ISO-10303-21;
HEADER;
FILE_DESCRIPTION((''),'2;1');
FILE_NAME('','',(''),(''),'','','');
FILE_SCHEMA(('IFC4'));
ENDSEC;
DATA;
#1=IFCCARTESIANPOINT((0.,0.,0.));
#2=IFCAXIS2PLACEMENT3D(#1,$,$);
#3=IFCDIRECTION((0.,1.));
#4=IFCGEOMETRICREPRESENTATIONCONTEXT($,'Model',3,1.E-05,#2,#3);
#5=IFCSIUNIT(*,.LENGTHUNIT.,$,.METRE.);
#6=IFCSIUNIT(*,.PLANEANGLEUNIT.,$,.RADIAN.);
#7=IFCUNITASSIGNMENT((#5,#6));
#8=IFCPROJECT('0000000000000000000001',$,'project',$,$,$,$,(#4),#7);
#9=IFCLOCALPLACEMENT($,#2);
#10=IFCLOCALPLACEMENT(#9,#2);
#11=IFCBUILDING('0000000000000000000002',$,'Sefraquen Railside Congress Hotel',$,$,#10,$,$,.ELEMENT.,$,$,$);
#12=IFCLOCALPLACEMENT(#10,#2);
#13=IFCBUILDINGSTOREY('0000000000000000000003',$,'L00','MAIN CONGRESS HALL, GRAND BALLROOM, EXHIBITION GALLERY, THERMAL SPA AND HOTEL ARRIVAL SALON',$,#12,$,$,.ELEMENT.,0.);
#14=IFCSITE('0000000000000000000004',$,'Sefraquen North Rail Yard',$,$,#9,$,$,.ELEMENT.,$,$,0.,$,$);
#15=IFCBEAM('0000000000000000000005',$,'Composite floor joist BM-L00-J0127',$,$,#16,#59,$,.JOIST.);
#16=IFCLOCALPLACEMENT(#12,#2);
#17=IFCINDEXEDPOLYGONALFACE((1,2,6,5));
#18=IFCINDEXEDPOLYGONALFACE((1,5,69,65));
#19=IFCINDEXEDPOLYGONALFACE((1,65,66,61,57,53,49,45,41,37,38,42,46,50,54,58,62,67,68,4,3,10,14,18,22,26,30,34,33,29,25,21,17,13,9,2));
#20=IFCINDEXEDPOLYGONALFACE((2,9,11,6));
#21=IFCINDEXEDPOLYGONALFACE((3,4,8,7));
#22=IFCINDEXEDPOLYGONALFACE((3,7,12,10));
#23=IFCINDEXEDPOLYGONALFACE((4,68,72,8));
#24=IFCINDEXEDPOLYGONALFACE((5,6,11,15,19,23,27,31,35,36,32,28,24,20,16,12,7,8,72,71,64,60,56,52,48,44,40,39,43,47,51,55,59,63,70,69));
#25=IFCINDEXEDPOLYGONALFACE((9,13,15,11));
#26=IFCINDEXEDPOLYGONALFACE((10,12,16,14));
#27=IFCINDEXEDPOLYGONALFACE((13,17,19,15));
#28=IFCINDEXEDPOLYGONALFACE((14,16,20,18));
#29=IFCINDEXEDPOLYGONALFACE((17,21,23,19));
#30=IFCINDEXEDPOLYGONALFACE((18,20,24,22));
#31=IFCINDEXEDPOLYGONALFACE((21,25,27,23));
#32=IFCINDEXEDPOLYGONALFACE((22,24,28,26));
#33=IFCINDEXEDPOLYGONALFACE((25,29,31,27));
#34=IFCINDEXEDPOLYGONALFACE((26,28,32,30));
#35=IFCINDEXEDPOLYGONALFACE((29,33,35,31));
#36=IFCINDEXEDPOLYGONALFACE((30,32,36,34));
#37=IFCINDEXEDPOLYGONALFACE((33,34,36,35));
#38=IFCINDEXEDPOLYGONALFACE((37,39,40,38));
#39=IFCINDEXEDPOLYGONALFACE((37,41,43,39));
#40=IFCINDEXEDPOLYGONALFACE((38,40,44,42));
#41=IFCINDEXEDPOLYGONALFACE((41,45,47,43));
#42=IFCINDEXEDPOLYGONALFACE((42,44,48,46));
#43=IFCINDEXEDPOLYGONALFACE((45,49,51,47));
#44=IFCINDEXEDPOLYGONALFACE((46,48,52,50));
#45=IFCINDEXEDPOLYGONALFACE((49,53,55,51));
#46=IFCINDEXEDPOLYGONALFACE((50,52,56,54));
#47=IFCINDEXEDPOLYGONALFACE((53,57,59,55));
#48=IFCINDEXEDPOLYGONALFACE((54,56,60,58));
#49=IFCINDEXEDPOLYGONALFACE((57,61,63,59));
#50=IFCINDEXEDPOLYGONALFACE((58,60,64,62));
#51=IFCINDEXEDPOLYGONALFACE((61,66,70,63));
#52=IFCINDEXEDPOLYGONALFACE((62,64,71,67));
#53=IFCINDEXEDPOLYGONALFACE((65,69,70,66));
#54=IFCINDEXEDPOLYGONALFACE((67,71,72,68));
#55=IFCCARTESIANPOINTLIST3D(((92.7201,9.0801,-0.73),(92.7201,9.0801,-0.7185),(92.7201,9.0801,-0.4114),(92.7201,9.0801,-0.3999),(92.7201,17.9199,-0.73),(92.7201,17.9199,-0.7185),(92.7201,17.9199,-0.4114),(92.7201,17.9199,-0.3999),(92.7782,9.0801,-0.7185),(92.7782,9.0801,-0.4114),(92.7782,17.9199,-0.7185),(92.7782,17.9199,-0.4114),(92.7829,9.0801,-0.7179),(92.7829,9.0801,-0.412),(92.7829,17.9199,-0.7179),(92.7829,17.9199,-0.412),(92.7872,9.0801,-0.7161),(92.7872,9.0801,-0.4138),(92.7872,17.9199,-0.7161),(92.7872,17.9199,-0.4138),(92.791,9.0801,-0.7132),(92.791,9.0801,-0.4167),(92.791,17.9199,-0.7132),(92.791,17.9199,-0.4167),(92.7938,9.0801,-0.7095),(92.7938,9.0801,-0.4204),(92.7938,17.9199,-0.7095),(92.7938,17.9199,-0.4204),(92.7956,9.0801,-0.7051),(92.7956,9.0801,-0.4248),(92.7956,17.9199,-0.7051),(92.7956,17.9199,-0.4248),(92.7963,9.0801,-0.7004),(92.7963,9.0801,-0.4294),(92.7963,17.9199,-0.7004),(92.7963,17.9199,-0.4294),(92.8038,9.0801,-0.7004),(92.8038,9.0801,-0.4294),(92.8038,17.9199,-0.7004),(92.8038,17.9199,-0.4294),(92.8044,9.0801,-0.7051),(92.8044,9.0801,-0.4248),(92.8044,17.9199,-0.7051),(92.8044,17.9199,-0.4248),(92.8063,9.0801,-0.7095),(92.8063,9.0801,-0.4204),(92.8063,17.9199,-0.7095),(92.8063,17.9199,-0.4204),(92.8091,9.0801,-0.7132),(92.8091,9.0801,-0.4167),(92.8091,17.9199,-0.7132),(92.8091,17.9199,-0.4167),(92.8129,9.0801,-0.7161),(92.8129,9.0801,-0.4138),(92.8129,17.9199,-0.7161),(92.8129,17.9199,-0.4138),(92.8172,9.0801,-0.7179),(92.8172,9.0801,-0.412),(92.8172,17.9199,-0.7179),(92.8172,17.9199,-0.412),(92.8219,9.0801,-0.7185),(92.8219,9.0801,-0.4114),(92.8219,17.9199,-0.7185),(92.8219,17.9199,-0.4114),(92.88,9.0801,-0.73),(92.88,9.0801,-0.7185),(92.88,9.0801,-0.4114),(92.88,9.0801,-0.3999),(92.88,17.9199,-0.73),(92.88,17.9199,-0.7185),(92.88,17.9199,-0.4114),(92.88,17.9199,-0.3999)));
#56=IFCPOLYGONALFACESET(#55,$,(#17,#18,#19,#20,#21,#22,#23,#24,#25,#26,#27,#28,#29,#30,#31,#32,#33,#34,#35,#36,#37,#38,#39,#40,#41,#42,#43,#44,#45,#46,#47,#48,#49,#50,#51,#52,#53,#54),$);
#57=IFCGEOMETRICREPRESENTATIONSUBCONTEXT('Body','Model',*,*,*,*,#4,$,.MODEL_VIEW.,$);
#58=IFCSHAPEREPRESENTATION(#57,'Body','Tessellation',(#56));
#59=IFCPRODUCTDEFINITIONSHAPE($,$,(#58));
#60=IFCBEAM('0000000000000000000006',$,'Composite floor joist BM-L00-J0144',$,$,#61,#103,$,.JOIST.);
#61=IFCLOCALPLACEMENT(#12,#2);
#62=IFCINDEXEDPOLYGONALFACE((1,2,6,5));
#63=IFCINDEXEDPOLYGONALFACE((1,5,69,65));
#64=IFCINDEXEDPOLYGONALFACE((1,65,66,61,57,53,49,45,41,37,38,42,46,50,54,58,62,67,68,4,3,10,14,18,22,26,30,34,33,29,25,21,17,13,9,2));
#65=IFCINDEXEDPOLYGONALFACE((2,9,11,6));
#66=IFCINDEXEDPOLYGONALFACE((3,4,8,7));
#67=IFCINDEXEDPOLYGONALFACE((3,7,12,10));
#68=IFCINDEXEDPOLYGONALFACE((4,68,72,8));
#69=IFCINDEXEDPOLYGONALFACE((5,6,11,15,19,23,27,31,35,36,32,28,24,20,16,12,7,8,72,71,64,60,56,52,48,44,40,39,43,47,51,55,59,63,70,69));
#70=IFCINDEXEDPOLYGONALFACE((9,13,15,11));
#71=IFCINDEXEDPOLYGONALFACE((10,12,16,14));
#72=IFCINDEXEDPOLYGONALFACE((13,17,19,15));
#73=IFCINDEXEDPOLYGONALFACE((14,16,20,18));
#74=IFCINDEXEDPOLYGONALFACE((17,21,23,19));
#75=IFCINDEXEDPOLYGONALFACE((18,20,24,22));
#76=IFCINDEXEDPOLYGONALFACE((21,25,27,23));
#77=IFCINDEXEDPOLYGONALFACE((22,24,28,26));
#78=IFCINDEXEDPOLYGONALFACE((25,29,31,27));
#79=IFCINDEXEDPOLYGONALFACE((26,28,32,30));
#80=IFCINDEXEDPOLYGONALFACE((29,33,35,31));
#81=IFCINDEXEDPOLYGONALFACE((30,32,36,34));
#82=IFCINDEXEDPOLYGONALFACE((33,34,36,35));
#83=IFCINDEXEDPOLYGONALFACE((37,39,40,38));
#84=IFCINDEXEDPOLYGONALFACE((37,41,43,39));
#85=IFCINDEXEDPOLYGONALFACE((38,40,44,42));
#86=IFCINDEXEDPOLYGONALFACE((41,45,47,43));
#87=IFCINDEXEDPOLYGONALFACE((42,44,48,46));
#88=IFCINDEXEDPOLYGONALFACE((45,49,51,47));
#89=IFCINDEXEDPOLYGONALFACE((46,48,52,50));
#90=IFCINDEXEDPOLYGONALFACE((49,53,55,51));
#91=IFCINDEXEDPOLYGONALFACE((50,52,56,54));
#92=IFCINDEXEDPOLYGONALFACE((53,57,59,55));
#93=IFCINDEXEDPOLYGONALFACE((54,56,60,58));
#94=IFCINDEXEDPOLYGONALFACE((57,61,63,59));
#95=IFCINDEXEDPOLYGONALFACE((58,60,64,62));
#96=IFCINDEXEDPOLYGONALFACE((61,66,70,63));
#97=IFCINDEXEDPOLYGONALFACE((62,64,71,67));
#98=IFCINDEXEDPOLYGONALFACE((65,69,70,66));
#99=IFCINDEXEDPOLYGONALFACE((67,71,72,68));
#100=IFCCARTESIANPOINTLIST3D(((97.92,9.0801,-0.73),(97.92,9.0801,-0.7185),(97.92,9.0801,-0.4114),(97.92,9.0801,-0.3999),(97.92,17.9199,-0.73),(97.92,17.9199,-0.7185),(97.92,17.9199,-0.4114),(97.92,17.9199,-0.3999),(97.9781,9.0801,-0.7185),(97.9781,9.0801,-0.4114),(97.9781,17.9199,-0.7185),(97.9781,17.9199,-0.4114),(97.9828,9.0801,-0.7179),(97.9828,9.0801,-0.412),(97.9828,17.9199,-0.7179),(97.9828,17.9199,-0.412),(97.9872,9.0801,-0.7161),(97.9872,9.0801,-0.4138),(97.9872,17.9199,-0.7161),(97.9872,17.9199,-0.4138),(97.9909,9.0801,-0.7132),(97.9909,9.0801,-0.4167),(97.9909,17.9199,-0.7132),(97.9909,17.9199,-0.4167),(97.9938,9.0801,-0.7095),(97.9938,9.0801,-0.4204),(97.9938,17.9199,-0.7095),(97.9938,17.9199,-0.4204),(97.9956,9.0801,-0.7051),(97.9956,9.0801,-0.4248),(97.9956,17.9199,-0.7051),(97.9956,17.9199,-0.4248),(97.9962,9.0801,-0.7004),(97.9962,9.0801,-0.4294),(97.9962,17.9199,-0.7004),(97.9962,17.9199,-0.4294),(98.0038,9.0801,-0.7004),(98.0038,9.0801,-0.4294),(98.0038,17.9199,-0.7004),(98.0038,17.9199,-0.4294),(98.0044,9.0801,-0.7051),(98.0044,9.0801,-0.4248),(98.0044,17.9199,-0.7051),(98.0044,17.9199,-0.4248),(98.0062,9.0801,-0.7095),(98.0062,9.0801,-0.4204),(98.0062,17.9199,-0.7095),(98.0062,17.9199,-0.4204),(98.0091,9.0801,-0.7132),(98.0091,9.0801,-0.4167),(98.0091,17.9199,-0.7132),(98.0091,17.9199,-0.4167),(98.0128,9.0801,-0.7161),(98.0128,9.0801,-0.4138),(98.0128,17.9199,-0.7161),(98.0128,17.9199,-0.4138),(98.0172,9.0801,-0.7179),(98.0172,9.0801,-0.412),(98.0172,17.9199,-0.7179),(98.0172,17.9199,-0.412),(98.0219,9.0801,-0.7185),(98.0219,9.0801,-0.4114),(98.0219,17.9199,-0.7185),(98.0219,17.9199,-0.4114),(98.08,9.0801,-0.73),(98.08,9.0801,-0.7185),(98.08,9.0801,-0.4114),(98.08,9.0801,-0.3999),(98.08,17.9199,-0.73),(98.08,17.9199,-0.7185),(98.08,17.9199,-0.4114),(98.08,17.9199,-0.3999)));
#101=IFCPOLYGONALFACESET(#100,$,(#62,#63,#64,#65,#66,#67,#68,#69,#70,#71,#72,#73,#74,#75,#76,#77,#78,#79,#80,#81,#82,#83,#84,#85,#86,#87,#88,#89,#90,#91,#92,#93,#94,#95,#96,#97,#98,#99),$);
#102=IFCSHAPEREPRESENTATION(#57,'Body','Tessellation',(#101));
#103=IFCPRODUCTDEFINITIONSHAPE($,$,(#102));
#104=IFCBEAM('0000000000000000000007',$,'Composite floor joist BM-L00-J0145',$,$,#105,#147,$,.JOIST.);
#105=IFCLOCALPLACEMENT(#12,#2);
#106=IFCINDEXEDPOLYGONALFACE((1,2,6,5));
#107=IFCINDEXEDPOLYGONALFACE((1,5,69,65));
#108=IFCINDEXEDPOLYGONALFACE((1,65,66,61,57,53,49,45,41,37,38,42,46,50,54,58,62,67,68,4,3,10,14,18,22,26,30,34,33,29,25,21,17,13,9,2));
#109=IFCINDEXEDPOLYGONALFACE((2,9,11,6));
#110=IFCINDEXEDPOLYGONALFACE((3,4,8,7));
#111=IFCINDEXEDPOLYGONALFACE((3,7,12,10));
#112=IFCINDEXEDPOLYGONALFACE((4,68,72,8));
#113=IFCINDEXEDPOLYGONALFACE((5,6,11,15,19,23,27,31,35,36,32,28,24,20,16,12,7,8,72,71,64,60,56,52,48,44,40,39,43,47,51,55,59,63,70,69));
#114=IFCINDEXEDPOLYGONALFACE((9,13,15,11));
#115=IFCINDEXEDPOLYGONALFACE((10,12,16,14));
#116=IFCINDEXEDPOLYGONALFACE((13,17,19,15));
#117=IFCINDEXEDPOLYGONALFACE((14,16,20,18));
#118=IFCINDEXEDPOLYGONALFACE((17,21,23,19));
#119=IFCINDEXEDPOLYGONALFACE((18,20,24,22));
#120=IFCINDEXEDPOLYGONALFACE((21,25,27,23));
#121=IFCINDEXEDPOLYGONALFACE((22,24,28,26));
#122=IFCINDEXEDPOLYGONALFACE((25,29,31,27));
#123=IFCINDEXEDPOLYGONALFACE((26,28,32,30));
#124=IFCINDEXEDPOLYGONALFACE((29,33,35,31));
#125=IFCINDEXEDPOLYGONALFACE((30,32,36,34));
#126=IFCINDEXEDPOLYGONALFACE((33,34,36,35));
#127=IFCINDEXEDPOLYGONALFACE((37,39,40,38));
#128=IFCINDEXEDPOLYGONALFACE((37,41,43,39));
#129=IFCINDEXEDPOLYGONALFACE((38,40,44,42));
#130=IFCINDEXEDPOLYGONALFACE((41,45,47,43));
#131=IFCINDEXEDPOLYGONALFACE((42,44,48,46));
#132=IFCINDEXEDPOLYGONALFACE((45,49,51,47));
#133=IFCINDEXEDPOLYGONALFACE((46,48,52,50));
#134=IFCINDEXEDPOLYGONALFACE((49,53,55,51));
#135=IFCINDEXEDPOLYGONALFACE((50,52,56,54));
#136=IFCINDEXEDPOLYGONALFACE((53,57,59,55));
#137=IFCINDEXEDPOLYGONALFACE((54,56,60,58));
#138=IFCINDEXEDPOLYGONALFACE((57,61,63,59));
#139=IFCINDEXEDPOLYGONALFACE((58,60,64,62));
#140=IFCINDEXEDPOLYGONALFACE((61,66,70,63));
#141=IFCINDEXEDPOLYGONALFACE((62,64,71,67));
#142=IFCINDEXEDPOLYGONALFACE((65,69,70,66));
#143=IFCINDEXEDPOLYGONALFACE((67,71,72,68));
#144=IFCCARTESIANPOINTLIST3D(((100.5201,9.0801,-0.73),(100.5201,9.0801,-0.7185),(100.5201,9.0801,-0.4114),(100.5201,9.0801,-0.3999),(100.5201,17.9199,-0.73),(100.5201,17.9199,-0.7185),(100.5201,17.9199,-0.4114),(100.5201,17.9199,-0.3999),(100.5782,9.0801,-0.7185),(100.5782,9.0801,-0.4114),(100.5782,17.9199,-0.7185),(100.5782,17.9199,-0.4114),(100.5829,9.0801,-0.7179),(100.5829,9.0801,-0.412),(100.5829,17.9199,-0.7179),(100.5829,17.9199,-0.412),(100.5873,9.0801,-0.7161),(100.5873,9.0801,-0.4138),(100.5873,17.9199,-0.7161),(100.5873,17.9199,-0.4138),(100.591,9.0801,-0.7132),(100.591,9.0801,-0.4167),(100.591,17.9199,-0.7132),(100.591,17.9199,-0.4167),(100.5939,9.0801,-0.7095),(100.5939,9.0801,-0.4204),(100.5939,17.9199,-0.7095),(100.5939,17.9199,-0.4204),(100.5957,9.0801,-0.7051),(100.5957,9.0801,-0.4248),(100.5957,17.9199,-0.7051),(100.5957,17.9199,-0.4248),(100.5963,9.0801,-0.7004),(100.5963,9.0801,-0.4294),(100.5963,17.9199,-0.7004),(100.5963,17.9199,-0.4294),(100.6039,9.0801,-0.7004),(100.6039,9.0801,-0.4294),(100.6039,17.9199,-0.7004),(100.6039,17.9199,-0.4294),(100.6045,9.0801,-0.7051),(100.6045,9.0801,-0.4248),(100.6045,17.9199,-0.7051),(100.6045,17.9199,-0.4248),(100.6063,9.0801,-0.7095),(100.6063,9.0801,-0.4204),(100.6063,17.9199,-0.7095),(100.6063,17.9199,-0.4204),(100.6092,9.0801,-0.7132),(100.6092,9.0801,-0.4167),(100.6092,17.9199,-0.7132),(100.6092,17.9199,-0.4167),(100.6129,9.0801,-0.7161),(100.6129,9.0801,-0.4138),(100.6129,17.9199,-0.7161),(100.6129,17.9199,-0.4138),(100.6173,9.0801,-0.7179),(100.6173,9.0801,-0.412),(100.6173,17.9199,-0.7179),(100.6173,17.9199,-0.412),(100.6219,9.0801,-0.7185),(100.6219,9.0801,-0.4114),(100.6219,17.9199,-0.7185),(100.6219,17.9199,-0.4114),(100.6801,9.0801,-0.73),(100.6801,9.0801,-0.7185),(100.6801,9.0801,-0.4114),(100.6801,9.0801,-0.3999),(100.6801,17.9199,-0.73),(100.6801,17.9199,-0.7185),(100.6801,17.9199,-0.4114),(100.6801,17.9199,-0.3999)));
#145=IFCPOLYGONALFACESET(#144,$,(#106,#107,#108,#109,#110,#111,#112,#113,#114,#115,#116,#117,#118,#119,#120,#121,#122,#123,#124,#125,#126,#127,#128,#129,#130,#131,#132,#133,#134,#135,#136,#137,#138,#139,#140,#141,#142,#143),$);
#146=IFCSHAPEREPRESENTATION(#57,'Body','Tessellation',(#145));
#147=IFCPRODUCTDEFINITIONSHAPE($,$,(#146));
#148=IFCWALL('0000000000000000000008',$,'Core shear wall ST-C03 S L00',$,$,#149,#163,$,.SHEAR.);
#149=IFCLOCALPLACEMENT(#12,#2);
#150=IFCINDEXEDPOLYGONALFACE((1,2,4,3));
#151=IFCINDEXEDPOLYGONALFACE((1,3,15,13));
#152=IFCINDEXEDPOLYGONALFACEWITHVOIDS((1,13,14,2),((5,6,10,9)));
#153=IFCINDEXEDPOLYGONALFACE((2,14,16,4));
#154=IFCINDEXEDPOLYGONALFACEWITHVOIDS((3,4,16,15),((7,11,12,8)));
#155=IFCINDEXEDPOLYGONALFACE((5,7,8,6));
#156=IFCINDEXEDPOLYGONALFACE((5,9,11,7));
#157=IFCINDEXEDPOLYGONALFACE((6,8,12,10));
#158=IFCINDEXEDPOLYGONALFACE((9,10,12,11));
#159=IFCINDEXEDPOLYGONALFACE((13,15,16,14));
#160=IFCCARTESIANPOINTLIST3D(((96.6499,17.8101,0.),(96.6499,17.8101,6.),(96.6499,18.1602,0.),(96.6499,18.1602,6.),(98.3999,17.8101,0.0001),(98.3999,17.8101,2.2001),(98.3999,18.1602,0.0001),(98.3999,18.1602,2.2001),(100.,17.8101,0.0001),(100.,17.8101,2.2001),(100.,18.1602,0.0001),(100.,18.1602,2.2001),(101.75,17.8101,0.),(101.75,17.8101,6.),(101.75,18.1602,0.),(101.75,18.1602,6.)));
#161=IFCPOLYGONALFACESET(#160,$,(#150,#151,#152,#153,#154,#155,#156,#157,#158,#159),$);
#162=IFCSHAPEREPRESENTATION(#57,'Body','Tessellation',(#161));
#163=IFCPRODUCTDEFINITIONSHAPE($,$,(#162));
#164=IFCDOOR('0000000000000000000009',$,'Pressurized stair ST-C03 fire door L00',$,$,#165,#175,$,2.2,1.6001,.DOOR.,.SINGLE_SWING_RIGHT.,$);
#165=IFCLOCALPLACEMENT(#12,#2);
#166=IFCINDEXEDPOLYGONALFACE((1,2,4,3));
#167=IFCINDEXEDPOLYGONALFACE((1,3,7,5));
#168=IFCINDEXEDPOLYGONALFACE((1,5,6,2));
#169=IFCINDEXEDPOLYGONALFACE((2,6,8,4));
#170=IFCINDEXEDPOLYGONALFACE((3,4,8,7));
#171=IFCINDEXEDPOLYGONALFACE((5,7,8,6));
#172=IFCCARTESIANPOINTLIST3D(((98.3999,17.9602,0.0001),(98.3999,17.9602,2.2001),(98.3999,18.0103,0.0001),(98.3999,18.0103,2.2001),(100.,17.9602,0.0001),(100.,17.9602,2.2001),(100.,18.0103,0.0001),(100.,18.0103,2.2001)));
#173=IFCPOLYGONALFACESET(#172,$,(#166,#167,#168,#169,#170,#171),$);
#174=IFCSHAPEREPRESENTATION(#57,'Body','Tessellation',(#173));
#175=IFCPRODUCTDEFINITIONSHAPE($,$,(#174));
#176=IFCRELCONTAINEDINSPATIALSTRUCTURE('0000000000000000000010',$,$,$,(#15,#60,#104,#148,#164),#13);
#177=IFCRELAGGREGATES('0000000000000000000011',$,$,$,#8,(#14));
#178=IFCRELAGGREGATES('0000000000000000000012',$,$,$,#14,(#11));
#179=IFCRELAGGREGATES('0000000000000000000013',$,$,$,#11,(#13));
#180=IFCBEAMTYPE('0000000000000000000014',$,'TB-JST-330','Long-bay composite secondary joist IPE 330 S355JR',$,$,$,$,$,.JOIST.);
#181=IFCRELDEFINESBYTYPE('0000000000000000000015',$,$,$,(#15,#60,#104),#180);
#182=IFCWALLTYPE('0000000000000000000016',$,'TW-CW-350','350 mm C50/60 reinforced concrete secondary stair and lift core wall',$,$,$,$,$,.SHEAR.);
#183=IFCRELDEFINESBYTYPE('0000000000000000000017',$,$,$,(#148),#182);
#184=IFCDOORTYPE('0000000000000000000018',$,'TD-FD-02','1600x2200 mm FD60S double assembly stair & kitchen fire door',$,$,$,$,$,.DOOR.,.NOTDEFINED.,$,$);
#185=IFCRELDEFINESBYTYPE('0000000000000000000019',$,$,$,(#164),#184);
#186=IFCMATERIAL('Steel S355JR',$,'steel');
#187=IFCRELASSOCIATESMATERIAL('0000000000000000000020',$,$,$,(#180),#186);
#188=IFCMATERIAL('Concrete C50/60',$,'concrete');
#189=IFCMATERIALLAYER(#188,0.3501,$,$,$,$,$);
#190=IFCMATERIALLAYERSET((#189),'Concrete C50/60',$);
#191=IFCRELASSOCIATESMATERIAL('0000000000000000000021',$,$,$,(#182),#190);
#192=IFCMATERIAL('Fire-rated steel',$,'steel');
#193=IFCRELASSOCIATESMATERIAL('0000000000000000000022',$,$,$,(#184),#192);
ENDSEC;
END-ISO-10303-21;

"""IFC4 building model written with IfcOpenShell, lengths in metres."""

from ifc_helpers import new_model, si_unit, direction, frame, frame_2d, origin, origin_2d, place, context, subcontext, project, spatial, rectangle, i_section, extrude, material, layer, layer_set, material_profile, profile_set, type_object, element, fill, save


model = new_model("IFC4")

# Units and contexts
model_context = context("Model", 3, precision=1e-05, world=origin(), true_north=direction((0.0, 1.0)))
body_context = subcontext(model_context, "Body", "Model", "MODEL_VIEW")
ifc_project = project(units=[si_unit("LENGTHUNIT", "METRE"), si_unit("PLANEANGLEUNIT", "RADIAN")], contexts=[model_context])

# Site, building, storey
site_placement = place(None, origin())
site = spatial("IfcSite", under=ifc_project, at=site_placement, Name="Sefraquen North Rail Yard", CompositionType="ELEMENT", RefElevation=0.0)
building_placement = place(site_placement, origin())
building = spatial("IfcBuilding", under=site, at=building_placement, Name="Sefraquen Railside Congress Hotel", CompositionType="ELEMENT")
storey_placement = place(building_placement, origin())
storey = spatial("IfcBuildingStorey", under=building, at=storey_placement, Name="L00", Description="MAIN CONGRESS HALL, GRAND BALLROOM, EXHIBITION GALLERY, THERMAL SPA AND HOTEL ARRIVAL SALON", CompositionType="ELEMENT", Elevation=0.0)

# Shared definitions
ifc_material_1 = material(Name="Steel S355JR", Category="steel")

# Beams
ifc_material_profile_1 = material_profile(ifc_material_1, i_section(OverallWidth=0.1599, OverallDepth=0.3301, WebThickness=0.0076, FlangeThickness=0.0115, FilletRadius=0.0181, at=origin_2d()), Name="IPE 330")
ifc_profile_set_1 = profile_set([ifc_material_profile_1], Name="Steel S355JR")
beam_type_1 = type_object("IfcBeamType", Name="TB-JST-330", Description="Long-bay composite secondary joist IPE 330 S355JR", PredefinedType="JOIST", material=ifc_profile_set_1)
for number, where, z_axis, x_axis, name in (
    (1, (92.8, 9.0801, -0.5649), (0.0, 1.0, 0.0), (-1.0, 0.0, 0.0), "Composite floor joist BM-L00-J0127"),
    (2, (98.0, 9.0801, -0.5649), (0.0, 1.0, 0.0), (-1.0, 0.0, 0.0), "Composite floor joist BM-L00-J0144"),
    (3, (100.6001, 9.0801, -0.5649), (0.0, 1.0, 0.0), (-1.0, 0.0, 0.0), "Composite floor joist BM-L00-J0145"),
):
    element("IfcBeam", number, at=place(storey_placement, frame(where, z_axis=z_axis, x_axis=x_axis)), inside=storey, type_object=beam_type_1, Name=name, PredefinedType="JOIST", context=body_context, shape_type="SweptSolid", body=[
        extrude(i_section(OverallWidth=0.1599, OverallDepth=0.3301, WebThickness=0.0076, FlangeThickness=0.0115, FilletRadius=0.0181, at=origin_2d()), origin(), (0.0, 0.0, 1.0), 8.8398),
    ])

# Wall, opening, door
ifc_material_2 = material(Name="Concrete C50/60", Category="concrete")
ifc_layer_1 = layer(ifc_material_2, 0.3501)
ifc_layer_set_1 = layer_set([ifc_layer_1], Name="Concrete C50/60")
wall_type_1 = type_object("IfcWallType", Name="TW-CW-350", Description="350 mm C50/60 reinforced concrete secondary stair and lift core wall", PredefinedType="SHEAR", material=ifc_layer_set_1)
wall_1_placement = place(storey_placement, frame((96.6499, 17.9851, 0.0), z_axis=(0.0, 0.0, 1.0), x_axis=(1.0, 0.0, 0.0)))
wall_1 = element("IfcWall", 4, at=wall_1_placement, inside=storey, type_object=wall_type_1, Name="Core shear wall ST-C03 S L00", PredefinedType="SHEAR", context=body_context, shape_type="SweptSolid", body=[
    extrude(rectangle(XDim=5.1001, YDim=0.3501, at=frame_2d((2.55, 0.0))), origin(), (0.0, 0.0, 1.0), 6.0),
])
opening_1_placement = place(wall_1_placement, frame((1.75, 0.0, 0.0)))
opening_1 = element("IfcOpeningElement", 5, at=opening_1_placement, cuts=wall_1, PredefinedType="OPENING", context=body_context, shape_type="SweptSolid", body=[
    extrude(rectangle(XDim=1.6001, YDim=2.2, at=frame_2d((0.8, 1.1001))), frame((0.0, 0.1851, 0.0), z_axis=(0.0, -1.0, 0.0), x_axis=(1.0, 0.0, 0.0)), (0.0, 0.0, 1.0), 0.3701),
])
ifc_material_3 = material(Name="Fire-rated steel", Category="steel")
door_type_1 = type_object("IfcDoorType", Name="TD-FD-02", Description="1600x2200 mm FD60S double assembly stair & kitchen fire door", OperationType="NOTDEFINED", PredefinedType="DOOR", material=ifc_material_3)
door_1_placement = place(opening_1_placement, frame((1.6001, 0.0, 0.0), z_axis=(0.0, 0.0, 1.0), x_axis=(-1.0, 0.0, 0.0)))
door_1 = element("IfcDoor", 6, at=door_1_placement, inside=storey, type_object=door_type_1, Name="Pressurized stair ST-C03 fire door L00", OperationType="SINGLE_SWING_RIGHT", OverallHeight=2.2, OverallWidth=1.6001, PredefinedType="DOOR", context=body_context, shape_type="SweptSolid", body=[
    extrude(rectangle(XDim=1.6001, YDim=2.2, at=frame_2d((0.8, 1.1001))), frame((0.0, 0.0249, 0.0), z_axis=(0.0, -1.0, 0.0), x_axis=(1.0, 0.0, 0.0)), (0.0, 0.0, 1.0), 0.05),
])
fill(opening_1, door_1)

save(model, "model.ifc")
